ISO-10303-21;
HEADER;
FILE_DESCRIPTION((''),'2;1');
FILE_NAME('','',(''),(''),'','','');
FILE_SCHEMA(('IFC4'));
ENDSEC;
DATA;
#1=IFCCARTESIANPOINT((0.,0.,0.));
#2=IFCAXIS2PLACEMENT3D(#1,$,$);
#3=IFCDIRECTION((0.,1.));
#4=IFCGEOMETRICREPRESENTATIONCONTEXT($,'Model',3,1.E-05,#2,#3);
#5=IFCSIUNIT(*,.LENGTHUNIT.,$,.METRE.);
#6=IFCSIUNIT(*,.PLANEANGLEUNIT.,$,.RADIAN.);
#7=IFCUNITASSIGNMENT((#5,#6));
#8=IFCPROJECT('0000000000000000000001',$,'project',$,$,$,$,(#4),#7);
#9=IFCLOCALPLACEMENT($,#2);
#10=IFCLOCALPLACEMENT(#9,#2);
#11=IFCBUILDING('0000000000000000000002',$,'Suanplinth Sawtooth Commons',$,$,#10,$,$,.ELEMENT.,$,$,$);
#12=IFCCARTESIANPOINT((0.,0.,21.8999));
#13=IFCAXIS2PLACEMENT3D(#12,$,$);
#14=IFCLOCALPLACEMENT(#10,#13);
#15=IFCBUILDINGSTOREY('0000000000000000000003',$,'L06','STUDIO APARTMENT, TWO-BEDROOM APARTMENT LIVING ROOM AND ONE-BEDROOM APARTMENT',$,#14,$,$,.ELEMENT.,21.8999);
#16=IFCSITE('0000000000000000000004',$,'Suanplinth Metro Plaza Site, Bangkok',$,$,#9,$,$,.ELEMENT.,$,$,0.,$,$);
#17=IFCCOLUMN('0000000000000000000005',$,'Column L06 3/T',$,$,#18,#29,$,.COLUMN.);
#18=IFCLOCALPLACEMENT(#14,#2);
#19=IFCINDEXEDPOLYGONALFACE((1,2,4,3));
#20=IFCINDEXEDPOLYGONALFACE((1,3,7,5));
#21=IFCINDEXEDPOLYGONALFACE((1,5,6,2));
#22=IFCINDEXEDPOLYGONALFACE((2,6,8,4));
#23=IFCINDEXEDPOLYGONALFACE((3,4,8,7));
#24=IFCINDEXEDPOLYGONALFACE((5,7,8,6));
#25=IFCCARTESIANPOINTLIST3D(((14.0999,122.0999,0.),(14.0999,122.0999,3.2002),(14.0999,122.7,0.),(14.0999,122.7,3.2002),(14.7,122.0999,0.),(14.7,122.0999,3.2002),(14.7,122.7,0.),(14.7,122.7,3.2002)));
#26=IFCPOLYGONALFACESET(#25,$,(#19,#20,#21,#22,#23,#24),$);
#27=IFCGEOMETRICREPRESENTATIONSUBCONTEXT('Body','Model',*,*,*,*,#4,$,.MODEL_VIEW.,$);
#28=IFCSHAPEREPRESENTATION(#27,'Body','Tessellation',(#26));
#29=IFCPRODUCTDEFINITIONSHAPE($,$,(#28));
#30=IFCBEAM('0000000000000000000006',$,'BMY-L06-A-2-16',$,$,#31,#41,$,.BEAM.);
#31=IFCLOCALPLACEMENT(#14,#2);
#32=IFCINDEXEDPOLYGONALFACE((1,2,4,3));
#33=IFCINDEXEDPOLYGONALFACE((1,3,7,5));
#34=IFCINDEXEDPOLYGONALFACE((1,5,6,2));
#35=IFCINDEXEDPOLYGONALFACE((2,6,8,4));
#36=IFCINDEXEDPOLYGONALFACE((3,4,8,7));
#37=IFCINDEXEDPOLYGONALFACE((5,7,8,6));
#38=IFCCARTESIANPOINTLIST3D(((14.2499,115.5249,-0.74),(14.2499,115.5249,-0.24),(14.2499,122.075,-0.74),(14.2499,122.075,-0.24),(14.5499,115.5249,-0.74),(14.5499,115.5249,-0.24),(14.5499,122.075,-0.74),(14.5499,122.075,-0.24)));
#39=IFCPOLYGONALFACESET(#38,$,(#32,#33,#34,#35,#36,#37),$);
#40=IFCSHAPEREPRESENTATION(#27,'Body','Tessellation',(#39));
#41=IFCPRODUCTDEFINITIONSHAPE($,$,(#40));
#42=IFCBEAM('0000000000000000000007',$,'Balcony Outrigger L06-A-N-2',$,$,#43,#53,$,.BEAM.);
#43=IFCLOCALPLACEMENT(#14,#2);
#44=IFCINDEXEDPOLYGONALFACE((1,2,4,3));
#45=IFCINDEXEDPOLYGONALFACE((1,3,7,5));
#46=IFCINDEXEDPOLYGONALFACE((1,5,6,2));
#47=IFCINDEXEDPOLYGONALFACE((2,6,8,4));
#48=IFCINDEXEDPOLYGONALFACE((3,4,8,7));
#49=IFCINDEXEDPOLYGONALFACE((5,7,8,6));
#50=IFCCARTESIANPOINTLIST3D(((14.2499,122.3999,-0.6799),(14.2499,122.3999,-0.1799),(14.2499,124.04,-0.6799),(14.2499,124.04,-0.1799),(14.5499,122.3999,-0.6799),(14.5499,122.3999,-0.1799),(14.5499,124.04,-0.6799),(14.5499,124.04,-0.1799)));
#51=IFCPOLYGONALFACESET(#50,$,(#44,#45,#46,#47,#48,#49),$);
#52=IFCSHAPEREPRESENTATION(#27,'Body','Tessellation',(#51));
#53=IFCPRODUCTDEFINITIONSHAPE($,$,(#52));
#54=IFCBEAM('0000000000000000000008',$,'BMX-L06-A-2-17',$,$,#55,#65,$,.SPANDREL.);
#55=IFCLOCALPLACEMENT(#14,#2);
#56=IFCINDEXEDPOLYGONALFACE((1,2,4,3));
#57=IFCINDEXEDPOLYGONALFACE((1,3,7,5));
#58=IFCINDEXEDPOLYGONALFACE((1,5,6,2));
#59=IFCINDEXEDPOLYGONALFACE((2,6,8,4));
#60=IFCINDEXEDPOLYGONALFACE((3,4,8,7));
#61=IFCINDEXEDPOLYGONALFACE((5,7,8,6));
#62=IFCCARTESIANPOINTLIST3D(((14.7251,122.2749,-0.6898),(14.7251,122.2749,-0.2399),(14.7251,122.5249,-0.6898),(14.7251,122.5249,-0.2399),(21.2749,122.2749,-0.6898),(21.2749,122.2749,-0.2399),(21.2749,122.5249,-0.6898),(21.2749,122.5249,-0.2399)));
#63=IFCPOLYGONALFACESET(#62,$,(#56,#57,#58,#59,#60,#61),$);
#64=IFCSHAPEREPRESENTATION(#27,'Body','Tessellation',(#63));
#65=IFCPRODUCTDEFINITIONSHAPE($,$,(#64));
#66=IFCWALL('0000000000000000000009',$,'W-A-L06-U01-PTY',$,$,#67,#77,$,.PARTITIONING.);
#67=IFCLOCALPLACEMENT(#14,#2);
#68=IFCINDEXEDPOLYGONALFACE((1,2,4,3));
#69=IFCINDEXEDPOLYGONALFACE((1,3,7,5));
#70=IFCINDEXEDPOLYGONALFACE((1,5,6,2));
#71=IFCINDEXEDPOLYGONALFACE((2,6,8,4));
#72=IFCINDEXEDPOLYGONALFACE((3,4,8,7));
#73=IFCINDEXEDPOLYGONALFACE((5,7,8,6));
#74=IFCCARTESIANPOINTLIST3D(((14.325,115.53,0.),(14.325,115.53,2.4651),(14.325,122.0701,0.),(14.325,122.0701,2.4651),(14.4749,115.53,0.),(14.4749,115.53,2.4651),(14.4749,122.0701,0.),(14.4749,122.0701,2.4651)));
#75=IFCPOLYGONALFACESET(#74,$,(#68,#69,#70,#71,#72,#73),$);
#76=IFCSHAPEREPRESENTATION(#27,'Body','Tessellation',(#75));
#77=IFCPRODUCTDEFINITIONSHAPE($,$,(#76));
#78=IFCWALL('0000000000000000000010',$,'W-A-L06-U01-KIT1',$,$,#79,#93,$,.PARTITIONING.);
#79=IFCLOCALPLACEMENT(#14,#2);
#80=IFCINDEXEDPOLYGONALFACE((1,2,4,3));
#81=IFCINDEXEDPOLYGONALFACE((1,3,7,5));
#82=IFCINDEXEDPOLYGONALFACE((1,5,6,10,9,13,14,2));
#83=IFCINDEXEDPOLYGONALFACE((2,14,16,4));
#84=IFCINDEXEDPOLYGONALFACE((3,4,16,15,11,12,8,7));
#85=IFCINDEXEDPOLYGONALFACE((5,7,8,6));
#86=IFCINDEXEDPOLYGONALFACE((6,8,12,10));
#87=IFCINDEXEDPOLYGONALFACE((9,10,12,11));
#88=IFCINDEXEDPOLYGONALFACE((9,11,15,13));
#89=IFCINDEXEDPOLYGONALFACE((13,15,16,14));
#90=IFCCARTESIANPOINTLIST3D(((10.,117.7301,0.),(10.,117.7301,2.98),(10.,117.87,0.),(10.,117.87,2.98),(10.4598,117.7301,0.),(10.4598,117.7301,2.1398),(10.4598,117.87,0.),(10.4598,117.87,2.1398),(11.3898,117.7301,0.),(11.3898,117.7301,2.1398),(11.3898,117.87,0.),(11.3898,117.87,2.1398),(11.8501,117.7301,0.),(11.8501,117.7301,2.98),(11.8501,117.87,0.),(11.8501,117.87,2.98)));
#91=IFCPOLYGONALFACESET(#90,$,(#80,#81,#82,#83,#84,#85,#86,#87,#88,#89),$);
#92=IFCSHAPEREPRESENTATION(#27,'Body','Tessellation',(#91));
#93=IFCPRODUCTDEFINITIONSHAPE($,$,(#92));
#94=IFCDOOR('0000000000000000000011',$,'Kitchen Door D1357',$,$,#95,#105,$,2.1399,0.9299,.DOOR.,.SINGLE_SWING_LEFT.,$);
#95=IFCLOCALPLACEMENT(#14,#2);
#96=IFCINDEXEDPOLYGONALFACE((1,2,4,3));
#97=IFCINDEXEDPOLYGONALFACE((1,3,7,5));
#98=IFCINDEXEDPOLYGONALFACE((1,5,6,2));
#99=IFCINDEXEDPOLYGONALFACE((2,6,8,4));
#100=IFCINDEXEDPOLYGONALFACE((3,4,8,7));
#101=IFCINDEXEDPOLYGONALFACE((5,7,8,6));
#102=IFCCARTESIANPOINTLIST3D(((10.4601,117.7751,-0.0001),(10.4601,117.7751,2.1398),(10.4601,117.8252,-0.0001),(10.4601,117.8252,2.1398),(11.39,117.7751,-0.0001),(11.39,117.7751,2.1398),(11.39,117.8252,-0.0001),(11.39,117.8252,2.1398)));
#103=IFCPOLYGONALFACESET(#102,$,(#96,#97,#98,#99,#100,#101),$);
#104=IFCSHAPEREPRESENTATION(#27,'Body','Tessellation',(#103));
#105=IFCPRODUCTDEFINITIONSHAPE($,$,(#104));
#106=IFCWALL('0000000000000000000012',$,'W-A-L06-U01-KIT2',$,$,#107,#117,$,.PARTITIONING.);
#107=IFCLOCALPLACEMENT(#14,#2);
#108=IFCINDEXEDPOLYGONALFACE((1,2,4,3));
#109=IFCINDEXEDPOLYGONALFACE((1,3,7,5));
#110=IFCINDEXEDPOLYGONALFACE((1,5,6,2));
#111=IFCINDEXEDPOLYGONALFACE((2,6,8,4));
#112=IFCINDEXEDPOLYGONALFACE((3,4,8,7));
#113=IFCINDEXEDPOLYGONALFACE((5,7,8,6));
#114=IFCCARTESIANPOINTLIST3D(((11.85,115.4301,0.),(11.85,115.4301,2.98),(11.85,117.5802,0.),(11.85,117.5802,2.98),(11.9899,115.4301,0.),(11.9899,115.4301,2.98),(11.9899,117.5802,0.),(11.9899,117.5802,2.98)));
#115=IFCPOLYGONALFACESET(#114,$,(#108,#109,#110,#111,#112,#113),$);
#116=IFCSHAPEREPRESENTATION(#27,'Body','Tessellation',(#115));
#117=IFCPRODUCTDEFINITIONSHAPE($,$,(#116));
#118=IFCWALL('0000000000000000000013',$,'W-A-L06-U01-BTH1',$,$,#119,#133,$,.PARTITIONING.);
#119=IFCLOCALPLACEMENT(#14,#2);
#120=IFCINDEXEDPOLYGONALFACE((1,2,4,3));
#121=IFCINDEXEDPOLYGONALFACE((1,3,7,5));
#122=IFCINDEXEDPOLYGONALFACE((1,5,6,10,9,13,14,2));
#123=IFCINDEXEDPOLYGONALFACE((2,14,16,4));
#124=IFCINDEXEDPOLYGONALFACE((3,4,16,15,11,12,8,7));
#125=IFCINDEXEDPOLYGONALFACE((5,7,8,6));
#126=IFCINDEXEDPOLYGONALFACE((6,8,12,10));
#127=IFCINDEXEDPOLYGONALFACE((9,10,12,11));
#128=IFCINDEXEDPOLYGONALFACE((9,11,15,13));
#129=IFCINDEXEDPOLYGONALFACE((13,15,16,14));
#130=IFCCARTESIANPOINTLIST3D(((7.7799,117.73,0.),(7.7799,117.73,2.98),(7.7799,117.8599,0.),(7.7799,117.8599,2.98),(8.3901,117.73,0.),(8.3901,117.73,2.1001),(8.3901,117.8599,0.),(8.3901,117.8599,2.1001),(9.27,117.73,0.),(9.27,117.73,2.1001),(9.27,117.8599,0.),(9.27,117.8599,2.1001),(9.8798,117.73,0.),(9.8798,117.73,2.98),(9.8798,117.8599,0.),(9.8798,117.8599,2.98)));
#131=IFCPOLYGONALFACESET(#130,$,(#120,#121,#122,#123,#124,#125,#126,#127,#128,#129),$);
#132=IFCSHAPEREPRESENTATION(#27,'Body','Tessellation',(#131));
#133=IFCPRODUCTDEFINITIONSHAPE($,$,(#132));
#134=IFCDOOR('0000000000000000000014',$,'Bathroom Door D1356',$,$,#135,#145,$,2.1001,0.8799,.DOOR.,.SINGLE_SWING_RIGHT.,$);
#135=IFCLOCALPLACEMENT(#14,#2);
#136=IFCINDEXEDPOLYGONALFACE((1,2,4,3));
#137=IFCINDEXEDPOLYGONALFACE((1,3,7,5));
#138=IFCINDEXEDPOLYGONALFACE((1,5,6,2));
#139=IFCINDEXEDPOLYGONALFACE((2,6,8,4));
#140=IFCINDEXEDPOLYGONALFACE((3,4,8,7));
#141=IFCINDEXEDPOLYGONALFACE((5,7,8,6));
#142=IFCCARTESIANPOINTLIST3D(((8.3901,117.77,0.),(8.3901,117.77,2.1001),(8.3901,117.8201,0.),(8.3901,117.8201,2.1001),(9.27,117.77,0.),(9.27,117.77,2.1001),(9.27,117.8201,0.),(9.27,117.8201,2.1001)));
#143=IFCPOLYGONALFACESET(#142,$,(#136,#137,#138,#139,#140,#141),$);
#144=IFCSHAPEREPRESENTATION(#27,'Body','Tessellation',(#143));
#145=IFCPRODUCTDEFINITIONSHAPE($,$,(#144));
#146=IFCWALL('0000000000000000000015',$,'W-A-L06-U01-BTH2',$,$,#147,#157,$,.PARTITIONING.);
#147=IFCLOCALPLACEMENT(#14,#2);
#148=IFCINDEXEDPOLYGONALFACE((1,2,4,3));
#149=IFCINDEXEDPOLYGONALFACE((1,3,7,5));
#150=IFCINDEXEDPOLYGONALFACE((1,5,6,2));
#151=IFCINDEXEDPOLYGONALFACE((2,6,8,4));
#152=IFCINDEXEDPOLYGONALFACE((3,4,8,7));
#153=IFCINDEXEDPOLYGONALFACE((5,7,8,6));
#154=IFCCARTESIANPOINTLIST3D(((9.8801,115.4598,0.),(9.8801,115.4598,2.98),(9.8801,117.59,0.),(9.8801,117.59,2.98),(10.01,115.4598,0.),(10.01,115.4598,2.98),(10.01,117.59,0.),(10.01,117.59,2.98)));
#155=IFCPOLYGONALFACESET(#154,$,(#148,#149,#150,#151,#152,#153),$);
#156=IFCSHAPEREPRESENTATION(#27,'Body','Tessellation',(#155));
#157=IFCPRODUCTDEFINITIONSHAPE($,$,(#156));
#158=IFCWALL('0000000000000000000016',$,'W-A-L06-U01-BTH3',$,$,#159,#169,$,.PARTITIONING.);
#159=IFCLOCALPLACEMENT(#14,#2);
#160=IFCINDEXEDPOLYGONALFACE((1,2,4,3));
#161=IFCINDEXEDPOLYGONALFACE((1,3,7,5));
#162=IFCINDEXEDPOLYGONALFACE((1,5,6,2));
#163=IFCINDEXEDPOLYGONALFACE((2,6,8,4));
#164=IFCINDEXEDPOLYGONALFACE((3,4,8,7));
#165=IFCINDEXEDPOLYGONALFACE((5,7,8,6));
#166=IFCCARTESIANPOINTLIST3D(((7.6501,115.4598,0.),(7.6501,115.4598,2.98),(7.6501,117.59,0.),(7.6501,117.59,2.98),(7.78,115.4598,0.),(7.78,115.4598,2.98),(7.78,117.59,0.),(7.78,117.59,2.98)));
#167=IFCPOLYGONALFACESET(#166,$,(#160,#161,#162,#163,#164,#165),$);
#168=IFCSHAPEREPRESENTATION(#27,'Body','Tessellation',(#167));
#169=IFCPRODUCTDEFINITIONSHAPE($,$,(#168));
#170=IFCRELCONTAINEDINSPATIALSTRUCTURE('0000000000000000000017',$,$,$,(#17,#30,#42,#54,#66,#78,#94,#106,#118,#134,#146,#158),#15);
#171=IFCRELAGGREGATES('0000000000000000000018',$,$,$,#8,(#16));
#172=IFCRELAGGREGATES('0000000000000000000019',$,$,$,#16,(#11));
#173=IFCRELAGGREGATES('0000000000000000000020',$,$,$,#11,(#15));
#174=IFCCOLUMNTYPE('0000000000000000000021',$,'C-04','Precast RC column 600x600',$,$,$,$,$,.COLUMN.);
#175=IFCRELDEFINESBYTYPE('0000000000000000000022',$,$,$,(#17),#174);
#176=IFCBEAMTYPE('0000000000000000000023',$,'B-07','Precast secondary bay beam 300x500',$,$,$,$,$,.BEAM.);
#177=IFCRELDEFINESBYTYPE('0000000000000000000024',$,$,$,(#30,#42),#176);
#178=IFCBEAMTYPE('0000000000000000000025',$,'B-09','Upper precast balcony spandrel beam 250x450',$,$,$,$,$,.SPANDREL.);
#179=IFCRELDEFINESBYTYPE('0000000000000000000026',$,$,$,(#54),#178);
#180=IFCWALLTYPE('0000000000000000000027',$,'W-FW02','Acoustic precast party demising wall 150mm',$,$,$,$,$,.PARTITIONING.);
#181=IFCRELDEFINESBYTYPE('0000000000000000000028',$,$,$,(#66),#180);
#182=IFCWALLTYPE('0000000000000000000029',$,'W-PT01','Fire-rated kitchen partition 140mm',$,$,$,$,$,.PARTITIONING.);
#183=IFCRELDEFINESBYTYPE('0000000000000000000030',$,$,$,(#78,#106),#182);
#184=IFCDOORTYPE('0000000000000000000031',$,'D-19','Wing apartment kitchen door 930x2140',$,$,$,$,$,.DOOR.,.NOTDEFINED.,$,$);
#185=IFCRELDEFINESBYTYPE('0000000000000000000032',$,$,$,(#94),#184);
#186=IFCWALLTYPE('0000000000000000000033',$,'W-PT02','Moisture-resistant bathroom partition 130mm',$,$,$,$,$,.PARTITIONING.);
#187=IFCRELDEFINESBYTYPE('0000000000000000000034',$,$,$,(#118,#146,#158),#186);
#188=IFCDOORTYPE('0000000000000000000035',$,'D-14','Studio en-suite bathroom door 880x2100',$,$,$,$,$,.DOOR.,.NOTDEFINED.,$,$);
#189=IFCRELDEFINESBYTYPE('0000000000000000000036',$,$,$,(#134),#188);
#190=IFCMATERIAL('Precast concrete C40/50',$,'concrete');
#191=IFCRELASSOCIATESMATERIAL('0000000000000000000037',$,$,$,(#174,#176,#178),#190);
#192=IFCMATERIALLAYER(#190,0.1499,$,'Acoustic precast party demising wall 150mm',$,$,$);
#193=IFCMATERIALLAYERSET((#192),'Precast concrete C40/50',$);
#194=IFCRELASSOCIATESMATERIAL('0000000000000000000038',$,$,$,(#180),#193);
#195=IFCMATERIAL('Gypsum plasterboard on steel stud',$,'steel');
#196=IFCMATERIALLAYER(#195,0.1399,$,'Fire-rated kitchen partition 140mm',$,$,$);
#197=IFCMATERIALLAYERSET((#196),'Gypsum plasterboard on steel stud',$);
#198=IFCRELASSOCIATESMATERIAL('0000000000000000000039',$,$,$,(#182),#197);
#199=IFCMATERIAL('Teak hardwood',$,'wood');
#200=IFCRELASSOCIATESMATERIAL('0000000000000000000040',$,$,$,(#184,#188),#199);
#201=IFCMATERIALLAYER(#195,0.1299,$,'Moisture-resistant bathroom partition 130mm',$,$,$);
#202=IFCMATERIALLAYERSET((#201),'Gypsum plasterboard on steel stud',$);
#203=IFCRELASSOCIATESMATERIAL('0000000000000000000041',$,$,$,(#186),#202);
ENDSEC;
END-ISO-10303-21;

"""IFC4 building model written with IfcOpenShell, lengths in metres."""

from ifc_helpers import new_model, si_unit, direction, frame, frame_2d, origin, origin_2d, place, context, subcontext, project, spatial, rectangle, extrude, material, layer, layer_set, material_profile, profile_set, type_object, element, fill, save


model = new_model("IFC4")

# Units and contexts
model_context = context("Model", 3, precision=1e-05, world=origin(), true_north=direction((0.0, 1.0)))
body_context = subcontext(model_context, "Body", "Model", "MODEL_VIEW")
ifc_project = project(units=[si_unit("LENGTHUNIT", "METRE"), si_unit("PLANEANGLEUNIT", "RADIAN")], contexts=[model_context])

# Site, building, storey
site_placement = place(None, origin())
site = spatial("IfcSite", under=ifc_project, at=site_placement, Name="Suanplinth Metro Plaza Site, Bangkok", CompositionType="ELEMENT", RefElevation=0.0)
building_placement = place(site_placement, origin())
building = spatial("IfcBuilding", under=site, at=building_placement, Name="Suanplinth Sawtooth Commons", CompositionType="ELEMENT")
storey_placement = place(building_placement, frame((0.0, 0.0, 21.8999)))
storey = spatial("IfcBuildingStorey", under=building, at=storey_placement, Name="L06", Description="STUDIO APARTMENT, TWO-BEDROOM APARTMENT LIVING ROOM AND ONE-BEDROOM APARTMENT", CompositionType="ELEMENT", Elevation=21.8999)

# Column
ifc_material_1 = material(Name="Precast concrete C40/50", Category="concrete")
ifc_material_profile_1 = material_profile(ifc_material_1, rectangle(XDim=0.6001, YDim=0.6001, at=origin_2d()), Name="PC-COL 600x600")
ifc_profile_set_1 = profile_set([ifc_material_profile_1], Name="Precast concrete C40/50")
column_type = type_object("IfcColumnType", Name="C-04", Description="Precast RC column 600x600", PredefinedType="COLUMN", material=ifc_profile_set_1)
column_placement = place(storey_placement, frame((14.3999, 122.3999, 0.0), z_axis=(0.0, 0.0, 1.0), x_axis=(1.0, 0.0, 0.0)))
element("IfcColumn", 1, at=column_placement, inside=storey, type_object=column_type, Name="Column L06 3/T", PredefinedType="COLUMN", context=body_context, shape_type="SweptSolid", body=[
    extrude(rectangle(XDim=0.6001, YDim=0.6001, at=origin_2d()), origin(), (0.0, 0.0, 1.0), 3.2002),
])

# Beams
ifc_material_profile_2 = material_profile(ifc_material_1, rectangle(XDim=0.3, YDim=0.5, at=origin_2d()), Name="PC-BM 300x500")
ifc_profile_set_2 = profile_set([ifc_material_profile_2], Name="Precast concrete C40/50")
beam_type_1 = type_object("IfcBeamType", Name="B-07", Description="Precast secondary bay beam 300x500", PredefinedType="BEAM", material=ifc_profile_set_2)
beam_1_placement = place(storey_placement, frame((14.3999, 115.5249, -0.49), z_axis=(0.0, 1.0, 0.0), x_axis=(-1.0, 0.0, 0.0)))
element("IfcBeam", 2, at=beam_1_placement, inside=storey, type_object=beam_type_1, Name="BMY-L06-A-2-16", PredefinedType="BEAM", context=body_context, shape_type="SweptSolid", body=[
    extrude(rectangle(XDim=0.3, YDim=0.5, at=origin_2d()), origin(), (0.0, 0.0, 1.0), 6.55),
])
beam_2_placement = place(storey_placement, frame((14.3999, 122.3999, -0.4299), z_axis=(0.0, 1.0, 0.0), x_axis=(-1.0, 0.0, 0.0)))
element("IfcBeam", 3, at=beam_2_placement, inside=storey, type_object=beam_type_1, Name="Balcony Outrigger L06-A-N-2", PredefinedType="BEAM", context=body_context, shape_type="SweptSolid", body=[
    extrude(rectangle(XDim=0.3, YDim=0.5, at=origin_2d()), origin(), (0.0, 0.0, 1.0), 1.6401),
])
ifc_material_profile_3 = material_profile(ifc_material_1, rectangle(XDim=0.25, YDim=0.45, at=origin_2d()), Name="PC-SP 250x450")
ifc_profile_set_3 = profile_set([ifc_material_profile_3], Name="Precast concrete C40/50")
beam_type_2 = type_object("IfcBeamType", Name="B-09", Description="Upper precast balcony spandrel beam 250x450", PredefinedType="SPANDREL", material=ifc_profile_set_3)
beam_3_placement = place(storey_placement, frame((14.7251, 122.3999, -0.4648), z_axis=(1.0, 0.0, 0.0), x_axis=(0.0, 1.0, 0.0)))
element("IfcBeam", 4, at=beam_3_placement, inside=storey, type_object=beam_type_2, Name="BMX-L06-A-2-17", PredefinedType="SPANDREL", context=body_context, shape_type="SweptSolid", body=[
    extrude(rectangle(XDim=0.25, YDim=0.45, at=origin_2d()), origin(), (0.0, 0.0, 1.0), 6.5498),
])

# Wall
ifc_layer_1 = layer(ifc_material_1, 0.1499, Name="Acoustic precast party demising wall 150mm")
ifc_layer_set_1 = layer_set([ifc_layer_1], Name="Precast concrete C40/50")
wall_type_1 = type_object("IfcWallType", Name="W-FW02", Description="Acoustic precast party demising wall 150mm", PredefinedType="PARTITIONING", material=ifc_layer_set_1)
wall_1_placement = place(storey_placement, frame((14.3999, 115.53, 0.0), z_axis=(0.0, 0.0, 1.0), x_axis=(0.0, 1.0, 0.0)))
element("IfcWall", 5, at=wall_1_placement, inside=storey, type_object=wall_type_1, Name="W-A-L06-U01-PTY", PredefinedType="PARTITIONING", context=body_context, shape_type="SweptSolid", body=[
    extrude(rectangle(XDim=6.54, YDim=0.1499, at=frame_2d((3.27, 0.0))), origin(), (0.0, 0.0, 1.0), 2.4651),
])

# Wall, opening, door
ifc_material_2 = material(Name="Gypsum plasterboard on steel stud", Category="steel")
ifc_layer_2 = layer(ifc_material_2, 0.1399, Name="Fire-rated kitchen partition 140mm")
ifc_layer_set_2 = layer_set([ifc_layer_2], Name="Gypsum plasterboard on steel stud")
wall_type_2 = type_object("IfcWallType", Name="W-PT01", Description="Fire-rated kitchen partition 140mm", PredefinedType="PARTITIONING", material=ifc_layer_set_2)
wall_2_placement = place(storey_placement, frame((10.0, 117.8, 0.0), z_axis=(0.0, 0.0, 1.0), x_axis=(1.0, 0.0, 0.0)))
wall_2 = element("IfcWall", 6, at=wall_2_placement, inside=storey, type_object=wall_type_2, Name="W-A-L06-U01-KIT1", PredefinedType="PARTITIONING", context=body_context, shape_type="SweptSolid", body=[
    extrude(rectangle(XDim=1.8501, YDim=0.1399, at=frame_2d((0.925, 0.0))), origin(), (0.0, 0.0, 1.0), 2.98),
])
opening_1_placement = place(wall_2_placement, frame((0.46, 0.0, 0.0)))
opening_1 = element("IfcOpeningElement", 7, at=opening_1_placement, cuts=wall_2, PredefinedType="OPENING", context=body_context, shape_type="SweptSolid", body=[
    extrude(rectangle(XDim=0.9299, YDim=2.1399, at=frame_2d((0.4648, 1.0698))), frame((0.0, 0.085, 0.0), z_axis=(0.0, -1.0, 0.0), x_axis=(1.0, 0.0, 0.0)), (0.0, 0.0, 1.0), 0.1697),
])
ifc_material_3 = material(Name="Teak hardwood", Category="wood")
door_type_1 = type_object("IfcDoorType", Name="D-19", Description="Wing apartment kitchen door 930x2140", OperationType="NOTDEFINED", PredefinedType="DOOR", material=ifc_material_3)
door_1_placement = place(opening_1_placement, frame((0.9299, 0.0, 0.0), z_axis=(0.0, 0.0, 1.0), x_axis=(-1.0, 0.0, 0.0)))
door_1 = element("IfcDoor", 8, at=door_1_placement, inside=storey, type_object=door_type_1, Name="Kitchen Door D1357", OperationType="SINGLE_SWING_LEFT", OverallHeight=2.1399, OverallWidth=0.9299, PredefinedType="DOOR", context=body_context, shape_type="SweptSolid", body=[
    extrude(rectangle(XDim=0.9299, YDim=2.1399, at=frame_2d((0.4648, 1.0698))), frame((0.0, 0.0249, 0.0), z_axis=(0.0, -1.0, 0.0), x_axis=(1.0, 0.0, 0.0)), (0.0, 0.0, 1.0), 0.05),
])
fill(opening_1, door_1)

# Wall
wall_3_placement = place(storey_placement, frame((11.9199, 115.4299, 0.0), z_axis=(0.0, 0.0, 1.0), x_axis=(0.0, 1.0, 0.0)))
element("IfcWall", 9, at=wall_3_placement, inside=storey, type_object=wall_type_2, Name="W-A-L06-U01-KIT2", PredefinedType="PARTITIONING", context=body_context, shape_type="SweptSolid", body=[
    extrude(rectangle(XDim=2.1501, YDim=0.1399, at=frame_2d((1.0752, 0.0))), origin(), (0.0, 0.0, 1.0), 2.98),
])

# Wall, opening, door
ifc_layer_3 = layer(ifc_material_2, 0.1299, Name="Moisture-resistant bathroom partition 130mm")
ifc_layer_set_3 = layer_set([ifc_layer_3], Name="Gypsum plasterboard on steel stud")
wall_type_3 = type_object("IfcWallType", Name="W-PT02", Description="Moisture-resistant bathroom partition 130mm", PredefinedType="PARTITIONING", material=ifc_layer_set_3)
wall_4_placement = place(storey_placement, frame((7.78, 117.7949, 0.0), z_axis=(0.0, 0.0, 1.0), x_axis=(1.0, 0.0, 0.0)))
wall_4 = element("IfcWall", 10, at=wall_4_placement, inside=storey, type_object=wall_type_3, Name="W-A-L06-U01-BTH1", PredefinedType="PARTITIONING", context=body_context, shape_type="SweptSolid", body=[
    extrude(rectangle(XDim=2.0999, YDim=0.1299, at=frame_2d((1.0498, 0.0))), origin(), (0.0, 0.0, 1.0), 2.98),
])
opening_2_placement = place(wall_4_placement, frame((0.6101, 0.0, 0.0)))
opening_2 = element("IfcOpeningElement", 11, at=opening_2_placement, cuts=wall_4, PredefinedType="OPENING", context=body_context, shape_type="SweptSolid", body=[
    extrude(rectangle(XDim=0.8799, YDim=2.1001, at=frame_2d((0.4399, 1.05))), frame((0.0, 0.0798, 0.0), z_axis=(0.0, -1.0, 0.0), x_axis=(1.0, 0.0, 0.0)), (0.0, 0.0, 1.0), 0.1597),
])
door_type_2 = type_object("IfcDoorType", Name="D-14", Description="Studio en-suite bathroom door 880x2100", OperationType="NOTDEFINED", PredefinedType="DOOR", material=ifc_material_3)
door_2_placement = place(opening_2_placement, frame((0.8799, 0.0, 0.0), z_axis=(0.0, 0.0, 1.0), x_axis=(-1.0, 0.0, 0.0)))
door_2 = element("IfcDoor", 12, at=door_2_placement, inside=storey, type_object=door_type_2, Name="Bathroom Door D1356", OperationType="SINGLE_SWING_RIGHT", OverallHeight=2.1001, OverallWidth=0.8799, PredefinedType="DOOR", context=body_context, shape_type="SweptSolid", body=[
    extrude(rectangle(XDim=0.8799, YDim=2.1001, at=frame_2d((0.4399, 1.05))), frame((0.0, 0.0249, 0.0), z_axis=(0.0, -1.0, 0.0), x_axis=(1.0, 0.0, 0.0)), (0.0, 0.0, 1.0), 0.05),
])
fill(opening_2, door_2)

# Walls
for number, where, z_axis, x_axis, name in (
    (13, (9.9451, 115.46, 0.0), (0.0, 0.0, 1.0), (0.0, 1.0, 0.0), "W-A-L06-U01-BTH2"),
    (14, (7.7151, 115.46, 0.0), (0.0, 0.0, 1.0), (0.0, 1.0, 0.0), "W-A-L06-U01-BTH3"),
):
    element("IfcWall", number, at=place(storey_placement, frame(where, z_axis=z_axis, x_axis=x_axis)), inside=storey, type_object=wall_type_3, Name=name, PredefinedType="PARTITIONING", context=body_context, shape_type="SweptSolid", body=[
        extrude(rectangle(XDim=2.1301, YDim=0.1299, at=frame_2d((1.0649, 0.0))), origin(), (0.0, 0.0, 1.0), 2.98),
    ])

save(model, "model.ifc")
